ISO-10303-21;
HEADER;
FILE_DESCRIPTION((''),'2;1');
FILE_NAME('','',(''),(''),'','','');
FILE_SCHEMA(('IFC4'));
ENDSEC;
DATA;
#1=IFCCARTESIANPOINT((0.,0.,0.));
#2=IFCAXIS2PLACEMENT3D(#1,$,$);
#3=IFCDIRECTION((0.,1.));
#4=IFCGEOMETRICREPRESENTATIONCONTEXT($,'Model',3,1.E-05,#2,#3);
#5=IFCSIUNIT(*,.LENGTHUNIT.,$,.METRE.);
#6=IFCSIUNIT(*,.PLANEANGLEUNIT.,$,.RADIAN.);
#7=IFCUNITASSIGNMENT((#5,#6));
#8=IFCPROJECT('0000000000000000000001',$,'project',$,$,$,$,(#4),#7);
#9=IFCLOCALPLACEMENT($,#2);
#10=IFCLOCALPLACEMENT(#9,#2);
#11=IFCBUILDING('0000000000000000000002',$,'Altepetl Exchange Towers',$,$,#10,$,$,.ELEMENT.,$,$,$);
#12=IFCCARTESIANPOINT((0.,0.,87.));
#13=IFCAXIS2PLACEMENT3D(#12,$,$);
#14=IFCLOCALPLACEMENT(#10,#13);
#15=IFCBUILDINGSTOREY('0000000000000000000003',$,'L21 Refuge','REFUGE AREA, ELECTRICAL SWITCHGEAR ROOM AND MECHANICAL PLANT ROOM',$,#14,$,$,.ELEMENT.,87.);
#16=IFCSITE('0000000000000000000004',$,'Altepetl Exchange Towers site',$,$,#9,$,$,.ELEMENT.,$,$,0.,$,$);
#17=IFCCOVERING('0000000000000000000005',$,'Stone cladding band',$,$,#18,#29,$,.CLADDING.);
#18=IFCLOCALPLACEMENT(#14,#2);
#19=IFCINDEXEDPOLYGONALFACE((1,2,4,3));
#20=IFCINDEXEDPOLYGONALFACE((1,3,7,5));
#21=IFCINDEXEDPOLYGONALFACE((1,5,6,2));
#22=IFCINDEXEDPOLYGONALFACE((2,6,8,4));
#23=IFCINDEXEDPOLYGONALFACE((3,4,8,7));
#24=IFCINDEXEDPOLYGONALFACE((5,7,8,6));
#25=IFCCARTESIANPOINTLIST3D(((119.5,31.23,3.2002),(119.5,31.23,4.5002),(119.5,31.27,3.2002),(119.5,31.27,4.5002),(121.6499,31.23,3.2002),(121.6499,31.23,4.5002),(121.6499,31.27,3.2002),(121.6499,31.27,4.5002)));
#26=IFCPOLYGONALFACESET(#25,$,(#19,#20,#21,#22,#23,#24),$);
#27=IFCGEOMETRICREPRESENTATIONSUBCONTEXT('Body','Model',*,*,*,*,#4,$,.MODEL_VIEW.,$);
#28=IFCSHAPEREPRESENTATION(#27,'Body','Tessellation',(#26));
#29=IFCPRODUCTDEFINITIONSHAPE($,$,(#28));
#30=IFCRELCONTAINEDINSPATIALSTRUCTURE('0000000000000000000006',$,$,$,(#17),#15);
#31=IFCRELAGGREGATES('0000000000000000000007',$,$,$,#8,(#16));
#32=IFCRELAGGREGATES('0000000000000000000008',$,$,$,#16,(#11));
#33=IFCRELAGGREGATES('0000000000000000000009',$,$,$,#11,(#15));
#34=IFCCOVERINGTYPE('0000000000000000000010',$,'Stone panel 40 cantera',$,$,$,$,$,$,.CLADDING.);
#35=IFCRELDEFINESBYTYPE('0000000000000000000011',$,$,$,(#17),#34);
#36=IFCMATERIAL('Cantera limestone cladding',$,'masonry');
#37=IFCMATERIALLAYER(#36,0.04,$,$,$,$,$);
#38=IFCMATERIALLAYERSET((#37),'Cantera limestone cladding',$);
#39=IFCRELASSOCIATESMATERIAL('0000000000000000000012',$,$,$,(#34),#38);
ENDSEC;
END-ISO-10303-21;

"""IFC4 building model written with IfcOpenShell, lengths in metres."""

from ifc_helpers import new_model, si_unit, direction, frame, origin, origin_2d, place, context, subcontext, project, spatial, rectangle, extrude, material, layer, layer_set, type_object, element, save


model = new_model("IFC4")

# Units and contexts
model_context = context("Model", 3, precision=1e-05, world=origin(), true_north=direction((0.0, 1.0)))
body_context = subcontext(model_context, "Body", "Model", "MODEL_VIEW")
ifc_project = project(units=[si_unit("LENGTHUNIT", "METRE"), si_unit("PLANEANGLEUNIT", "RADIAN")], contexts=[model_context])

# Site, building, storey
site_placement = place(None, origin())
site = spatial("IfcSite", under=ifc_project, at=site_placement, Name="Altepetl Exchange Towers site", CompositionType="ELEMENT", RefElevation=0.0)
building_placement = place(site_placement, origin())
building = spatial("IfcBuilding", under=site, at=building_placement, Name="Altepetl Exchange Towers", CompositionType="ELEMENT")
storey_placement = place(building_placement, frame((0.0, 0.0, 87.0)))
storey = spatial("IfcBuildingStorey", under=building, at=storey_placement, Name="L21 Refuge", Description="REFUGE AREA, ELECTRICAL SWITCHGEAR ROOM AND MECHANICAL PLANT ROOM", CompositionType="ELEMENT", Elevation=87.0)

# Shared definitions
ifc_material_1 = material(Name="Cantera limestone cladding", Category="masonry")

# Covering
ifc_layer_1 = layer(ifc_material_1, 0.04)
ifc_layer_set_1 = layer_set([ifc_layer_1], Name="Cantera limestone cladding")
covering_type = type_object("IfcCoveringType", Name="Stone panel 40 cantera", PredefinedType="CLADDING", material=ifc_layer_set_1)
covering_1_placement = place(storey_placement, frame((120.575, 31.25, 3.2002)))
element("IfcCovering", 1, at=covering_1_placement, inside=storey, type_object=covering_type, Name="Stone cladding band", PredefinedType="CLADDING", context=body_context, shape_type="SweptSolid", body=[
    extrude(rectangle(XDim=2.1499, YDim=0.04, at=origin_2d()), origin(), (0.0, 0.0, 1.0), 1.3),
])

save(model, "model.ifc")
